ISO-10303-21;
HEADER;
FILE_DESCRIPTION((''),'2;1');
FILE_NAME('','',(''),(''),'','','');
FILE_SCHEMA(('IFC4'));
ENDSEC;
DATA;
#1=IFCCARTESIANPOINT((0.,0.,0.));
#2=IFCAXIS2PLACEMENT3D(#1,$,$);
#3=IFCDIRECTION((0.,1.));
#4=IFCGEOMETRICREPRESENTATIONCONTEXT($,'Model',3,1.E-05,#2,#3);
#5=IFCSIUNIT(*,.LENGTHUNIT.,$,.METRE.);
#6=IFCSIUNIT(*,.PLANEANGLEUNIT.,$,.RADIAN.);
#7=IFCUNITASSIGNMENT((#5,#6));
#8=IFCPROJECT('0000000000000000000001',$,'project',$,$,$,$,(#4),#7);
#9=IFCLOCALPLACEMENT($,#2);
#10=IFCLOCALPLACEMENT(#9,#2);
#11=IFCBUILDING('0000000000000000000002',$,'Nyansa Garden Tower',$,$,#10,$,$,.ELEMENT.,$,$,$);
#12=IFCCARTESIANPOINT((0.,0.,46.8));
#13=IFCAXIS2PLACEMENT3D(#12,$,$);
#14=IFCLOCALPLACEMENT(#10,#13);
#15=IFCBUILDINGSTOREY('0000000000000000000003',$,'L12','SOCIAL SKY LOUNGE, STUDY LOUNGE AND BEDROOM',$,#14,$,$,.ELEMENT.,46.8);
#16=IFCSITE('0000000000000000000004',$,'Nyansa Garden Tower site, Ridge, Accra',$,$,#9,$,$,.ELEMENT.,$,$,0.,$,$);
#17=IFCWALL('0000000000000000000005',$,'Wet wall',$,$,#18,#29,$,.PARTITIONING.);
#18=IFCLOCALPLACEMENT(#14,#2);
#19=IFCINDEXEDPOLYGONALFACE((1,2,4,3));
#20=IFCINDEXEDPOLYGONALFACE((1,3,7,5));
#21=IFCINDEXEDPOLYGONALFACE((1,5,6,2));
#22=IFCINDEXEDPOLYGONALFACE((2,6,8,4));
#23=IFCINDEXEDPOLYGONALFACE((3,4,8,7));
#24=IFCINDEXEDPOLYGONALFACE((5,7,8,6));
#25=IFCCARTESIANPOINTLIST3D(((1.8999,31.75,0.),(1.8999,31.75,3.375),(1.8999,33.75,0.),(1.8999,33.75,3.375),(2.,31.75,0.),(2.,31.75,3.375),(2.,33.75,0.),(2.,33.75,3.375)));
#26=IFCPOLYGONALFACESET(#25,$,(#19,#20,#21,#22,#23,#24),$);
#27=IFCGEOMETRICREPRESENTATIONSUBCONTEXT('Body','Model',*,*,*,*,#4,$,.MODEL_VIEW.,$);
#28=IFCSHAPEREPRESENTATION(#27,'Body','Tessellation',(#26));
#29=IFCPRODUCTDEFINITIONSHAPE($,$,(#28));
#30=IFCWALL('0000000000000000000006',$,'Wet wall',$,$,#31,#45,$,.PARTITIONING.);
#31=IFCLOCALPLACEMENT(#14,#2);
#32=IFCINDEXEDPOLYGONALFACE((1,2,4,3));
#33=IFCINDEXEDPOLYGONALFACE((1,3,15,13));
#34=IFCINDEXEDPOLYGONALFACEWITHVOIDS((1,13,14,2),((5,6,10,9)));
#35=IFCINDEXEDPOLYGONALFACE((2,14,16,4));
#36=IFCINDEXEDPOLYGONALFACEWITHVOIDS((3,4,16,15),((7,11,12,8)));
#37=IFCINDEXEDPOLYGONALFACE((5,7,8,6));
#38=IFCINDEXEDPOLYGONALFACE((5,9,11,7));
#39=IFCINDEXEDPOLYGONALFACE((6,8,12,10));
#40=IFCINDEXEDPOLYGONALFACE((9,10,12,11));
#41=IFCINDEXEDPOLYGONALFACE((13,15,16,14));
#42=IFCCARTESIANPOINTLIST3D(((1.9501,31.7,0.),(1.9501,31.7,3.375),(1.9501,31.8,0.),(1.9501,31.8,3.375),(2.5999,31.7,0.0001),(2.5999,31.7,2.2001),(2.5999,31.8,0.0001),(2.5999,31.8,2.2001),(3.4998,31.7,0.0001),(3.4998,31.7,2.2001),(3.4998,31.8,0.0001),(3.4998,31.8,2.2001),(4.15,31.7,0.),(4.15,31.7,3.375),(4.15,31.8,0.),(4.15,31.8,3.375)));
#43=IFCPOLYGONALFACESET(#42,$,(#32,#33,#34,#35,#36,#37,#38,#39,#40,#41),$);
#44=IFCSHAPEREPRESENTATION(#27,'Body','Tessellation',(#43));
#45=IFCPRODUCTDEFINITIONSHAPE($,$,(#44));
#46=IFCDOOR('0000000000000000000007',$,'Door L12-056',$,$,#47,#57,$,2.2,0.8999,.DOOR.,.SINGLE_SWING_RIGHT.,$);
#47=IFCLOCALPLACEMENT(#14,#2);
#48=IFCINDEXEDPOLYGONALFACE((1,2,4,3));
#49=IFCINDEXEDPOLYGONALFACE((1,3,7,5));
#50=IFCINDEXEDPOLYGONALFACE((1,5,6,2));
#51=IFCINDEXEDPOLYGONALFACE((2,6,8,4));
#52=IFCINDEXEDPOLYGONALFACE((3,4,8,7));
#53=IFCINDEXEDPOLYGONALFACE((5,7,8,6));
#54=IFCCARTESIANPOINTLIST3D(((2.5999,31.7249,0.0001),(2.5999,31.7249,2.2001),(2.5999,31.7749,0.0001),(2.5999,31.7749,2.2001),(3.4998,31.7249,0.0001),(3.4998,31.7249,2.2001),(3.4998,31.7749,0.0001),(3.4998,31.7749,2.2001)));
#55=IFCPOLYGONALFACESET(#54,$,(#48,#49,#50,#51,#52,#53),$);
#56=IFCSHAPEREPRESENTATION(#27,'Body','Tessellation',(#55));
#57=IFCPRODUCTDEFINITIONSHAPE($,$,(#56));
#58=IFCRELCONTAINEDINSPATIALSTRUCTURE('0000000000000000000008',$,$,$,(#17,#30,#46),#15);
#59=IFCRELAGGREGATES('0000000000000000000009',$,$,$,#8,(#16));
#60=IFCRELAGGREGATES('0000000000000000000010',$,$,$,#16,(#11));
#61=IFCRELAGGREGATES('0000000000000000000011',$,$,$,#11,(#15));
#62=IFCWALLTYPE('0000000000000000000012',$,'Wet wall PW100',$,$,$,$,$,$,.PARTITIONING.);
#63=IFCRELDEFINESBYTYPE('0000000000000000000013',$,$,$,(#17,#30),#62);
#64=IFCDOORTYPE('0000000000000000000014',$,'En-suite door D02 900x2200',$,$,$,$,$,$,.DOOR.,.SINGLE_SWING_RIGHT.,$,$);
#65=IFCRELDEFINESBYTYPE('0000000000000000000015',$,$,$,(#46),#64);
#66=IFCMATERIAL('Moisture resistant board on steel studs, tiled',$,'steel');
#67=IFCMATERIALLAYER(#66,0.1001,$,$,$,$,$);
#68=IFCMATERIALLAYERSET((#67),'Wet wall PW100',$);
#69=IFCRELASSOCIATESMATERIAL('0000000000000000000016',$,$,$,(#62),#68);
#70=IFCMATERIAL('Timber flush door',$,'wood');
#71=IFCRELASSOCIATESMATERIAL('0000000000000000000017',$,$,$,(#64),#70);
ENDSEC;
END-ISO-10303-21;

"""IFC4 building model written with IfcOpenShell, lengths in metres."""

from ifc_helpers import new_model, si_unit, direction, frame, frame_2d, origin, place, context, subcontext, project, spatial, rectangle, extrude, material, layer, layer_set, type_object, element, fill, save


model = new_model("IFC4")

# Units and contexts
model_context = context("Model", 3, precision=1e-05, world=origin(), true_north=direction((0.0, 1.0)))
body_context = subcontext(model_context, "Body", "Model", "MODEL_VIEW")
ifc_project = project(units=[si_unit("LENGTHUNIT", "METRE"), si_unit("PLANEANGLEUNIT", "RADIAN")], contexts=[model_context])

# Site, building, storey
site_placement = place(None, origin())
site = spatial("IfcSite", under=ifc_project, at=site_placement, Name="Nyansa Garden Tower site, Ridge, Accra", CompositionType="ELEMENT", RefElevation=0.0)
building_placement = place(site_placement, origin())
building = spatial("IfcBuilding", under=site, at=building_placement, Name="Nyansa Garden Tower", CompositionType="ELEMENT")
storey_placement = place(building_placement, frame((0.0, 0.0, 46.8)))
storey = spatial("IfcBuildingStorey", under=building, at=storey_placement, Name="L12", Description="SOCIAL SKY LOUNGE, STUDY LOUNGE AND BEDROOM", CompositionType="ELEMENT", Elevation=46.8)

# Shared definitions
ifc_material_1 = material(Name="Moisture resistant board on steel studs, tiled", Category="steel")
ifc_layer_1 = layer(ifc_material_1, 0.1001)
ifc_layer_set_1 = layer_set([ifc_layer_1], Name="Wet wall PW100")
wall_type_1 = type_object("IfcWallType", Name="Wet wall PW100", PredefinedType="PARTITIONING", material=ifc_layer_set_1)

# Shared definitions
ifc_material_2 = material(Name="Timber flush door", Category="wood")
door_type_1 = type_object("IfcDoorType", Name="En-suite door D02 900x2200", OperationType="SINGLE_SWING_RIGHT", PredefinedType="DOOR", material=ifc_material_2)

# Wall
wall_1_placement = place(storey_placement, frame((1.95, 31.75, 0.0), z_axis=(0.0, 0.0, 1.0), x_axis=(0.0, 1.0, 0.0)))
element("IfcWall", 1, at=wall_1_placement, inside=storey, type_object=wall_type_1, Name="Wet wall", PredefinedType="PARTITIONING", context=body_context, shape_type="SweptSolid", body=[
    extrude(rectangle(XDim=2.0, YDim=0.1001, at=frame_2d((1.0, 0.0))), origin(), (0.0, 0.0, 1.0), 3.375),
])

# Wall, opening, door
wall_2_placement = place(storey_placement, frame((1.95, 31.75, 0.0), z_axis=(0.0, 0.0, 1.0), x_axis=(1.0, 0.0, 0.0)))
wall_2 = element("IfcWall", 2, at=wall_2_placement, inside=storey, type_object=wall_type_1, Name="Wet wall", PredefinedType="PARTITIONING", context=body_context, shape_type="SweptSolid", body=[
    extrude(rectangle(XDim=2.2, YDim=0.1001, at=frame_2d((1.1001, 0.0))), origin(), (0.0, 0.0, 1.0), 3.375),
])
opening_1_placement = place(wall_2_placement, frame((0.6499, 0.0, 0.0)))
opening_1 = element("IfcOpeningElement", 3, at=opening_1_placement, cuts=wall_2, PredefinedType="OPENING", context=body_context, shape_type="SweptSolid", body=[
    extrude(rectangle(XDim=0.8999, YDim=2.2, at=frame_2d((0.45, 1.1001))), frame((0.0, 0.0601, 0.0), z_axis=(0.0, -1.0, 0.0), x_axis=(1.0, 0.0, 0.0)), (0.0, 0.0, 1.0), 0.1201),
])
door_1_placement = place(opening_1_placement, origin())
door_1 = element("IfcDoor", 4, at=door_1_placement, inside=storey, type_object=door_type_1, Name="Door L12-056", OperationType="SINGLE_SWING_RIGHT", OverallHeight=2.2, OverallWidth=0.8999, PredefinedType="DOOR", context=body_context, shape_type="SweptSolid", body=[
    extrude(rectangle(XDim=0.8999, YDim=2.2, at=frame_2d((0.45, 1.1001))), frame((0.0, 0.0249, 0.0), z_axis=(0.0, -1.0, 0.0), x_axis=(1.0, 0.0, 0.0)), (0.0, 0.0, 1.0), 0.05),
])
fill(opening_1, door_1)

save(model, "model.ifc")
